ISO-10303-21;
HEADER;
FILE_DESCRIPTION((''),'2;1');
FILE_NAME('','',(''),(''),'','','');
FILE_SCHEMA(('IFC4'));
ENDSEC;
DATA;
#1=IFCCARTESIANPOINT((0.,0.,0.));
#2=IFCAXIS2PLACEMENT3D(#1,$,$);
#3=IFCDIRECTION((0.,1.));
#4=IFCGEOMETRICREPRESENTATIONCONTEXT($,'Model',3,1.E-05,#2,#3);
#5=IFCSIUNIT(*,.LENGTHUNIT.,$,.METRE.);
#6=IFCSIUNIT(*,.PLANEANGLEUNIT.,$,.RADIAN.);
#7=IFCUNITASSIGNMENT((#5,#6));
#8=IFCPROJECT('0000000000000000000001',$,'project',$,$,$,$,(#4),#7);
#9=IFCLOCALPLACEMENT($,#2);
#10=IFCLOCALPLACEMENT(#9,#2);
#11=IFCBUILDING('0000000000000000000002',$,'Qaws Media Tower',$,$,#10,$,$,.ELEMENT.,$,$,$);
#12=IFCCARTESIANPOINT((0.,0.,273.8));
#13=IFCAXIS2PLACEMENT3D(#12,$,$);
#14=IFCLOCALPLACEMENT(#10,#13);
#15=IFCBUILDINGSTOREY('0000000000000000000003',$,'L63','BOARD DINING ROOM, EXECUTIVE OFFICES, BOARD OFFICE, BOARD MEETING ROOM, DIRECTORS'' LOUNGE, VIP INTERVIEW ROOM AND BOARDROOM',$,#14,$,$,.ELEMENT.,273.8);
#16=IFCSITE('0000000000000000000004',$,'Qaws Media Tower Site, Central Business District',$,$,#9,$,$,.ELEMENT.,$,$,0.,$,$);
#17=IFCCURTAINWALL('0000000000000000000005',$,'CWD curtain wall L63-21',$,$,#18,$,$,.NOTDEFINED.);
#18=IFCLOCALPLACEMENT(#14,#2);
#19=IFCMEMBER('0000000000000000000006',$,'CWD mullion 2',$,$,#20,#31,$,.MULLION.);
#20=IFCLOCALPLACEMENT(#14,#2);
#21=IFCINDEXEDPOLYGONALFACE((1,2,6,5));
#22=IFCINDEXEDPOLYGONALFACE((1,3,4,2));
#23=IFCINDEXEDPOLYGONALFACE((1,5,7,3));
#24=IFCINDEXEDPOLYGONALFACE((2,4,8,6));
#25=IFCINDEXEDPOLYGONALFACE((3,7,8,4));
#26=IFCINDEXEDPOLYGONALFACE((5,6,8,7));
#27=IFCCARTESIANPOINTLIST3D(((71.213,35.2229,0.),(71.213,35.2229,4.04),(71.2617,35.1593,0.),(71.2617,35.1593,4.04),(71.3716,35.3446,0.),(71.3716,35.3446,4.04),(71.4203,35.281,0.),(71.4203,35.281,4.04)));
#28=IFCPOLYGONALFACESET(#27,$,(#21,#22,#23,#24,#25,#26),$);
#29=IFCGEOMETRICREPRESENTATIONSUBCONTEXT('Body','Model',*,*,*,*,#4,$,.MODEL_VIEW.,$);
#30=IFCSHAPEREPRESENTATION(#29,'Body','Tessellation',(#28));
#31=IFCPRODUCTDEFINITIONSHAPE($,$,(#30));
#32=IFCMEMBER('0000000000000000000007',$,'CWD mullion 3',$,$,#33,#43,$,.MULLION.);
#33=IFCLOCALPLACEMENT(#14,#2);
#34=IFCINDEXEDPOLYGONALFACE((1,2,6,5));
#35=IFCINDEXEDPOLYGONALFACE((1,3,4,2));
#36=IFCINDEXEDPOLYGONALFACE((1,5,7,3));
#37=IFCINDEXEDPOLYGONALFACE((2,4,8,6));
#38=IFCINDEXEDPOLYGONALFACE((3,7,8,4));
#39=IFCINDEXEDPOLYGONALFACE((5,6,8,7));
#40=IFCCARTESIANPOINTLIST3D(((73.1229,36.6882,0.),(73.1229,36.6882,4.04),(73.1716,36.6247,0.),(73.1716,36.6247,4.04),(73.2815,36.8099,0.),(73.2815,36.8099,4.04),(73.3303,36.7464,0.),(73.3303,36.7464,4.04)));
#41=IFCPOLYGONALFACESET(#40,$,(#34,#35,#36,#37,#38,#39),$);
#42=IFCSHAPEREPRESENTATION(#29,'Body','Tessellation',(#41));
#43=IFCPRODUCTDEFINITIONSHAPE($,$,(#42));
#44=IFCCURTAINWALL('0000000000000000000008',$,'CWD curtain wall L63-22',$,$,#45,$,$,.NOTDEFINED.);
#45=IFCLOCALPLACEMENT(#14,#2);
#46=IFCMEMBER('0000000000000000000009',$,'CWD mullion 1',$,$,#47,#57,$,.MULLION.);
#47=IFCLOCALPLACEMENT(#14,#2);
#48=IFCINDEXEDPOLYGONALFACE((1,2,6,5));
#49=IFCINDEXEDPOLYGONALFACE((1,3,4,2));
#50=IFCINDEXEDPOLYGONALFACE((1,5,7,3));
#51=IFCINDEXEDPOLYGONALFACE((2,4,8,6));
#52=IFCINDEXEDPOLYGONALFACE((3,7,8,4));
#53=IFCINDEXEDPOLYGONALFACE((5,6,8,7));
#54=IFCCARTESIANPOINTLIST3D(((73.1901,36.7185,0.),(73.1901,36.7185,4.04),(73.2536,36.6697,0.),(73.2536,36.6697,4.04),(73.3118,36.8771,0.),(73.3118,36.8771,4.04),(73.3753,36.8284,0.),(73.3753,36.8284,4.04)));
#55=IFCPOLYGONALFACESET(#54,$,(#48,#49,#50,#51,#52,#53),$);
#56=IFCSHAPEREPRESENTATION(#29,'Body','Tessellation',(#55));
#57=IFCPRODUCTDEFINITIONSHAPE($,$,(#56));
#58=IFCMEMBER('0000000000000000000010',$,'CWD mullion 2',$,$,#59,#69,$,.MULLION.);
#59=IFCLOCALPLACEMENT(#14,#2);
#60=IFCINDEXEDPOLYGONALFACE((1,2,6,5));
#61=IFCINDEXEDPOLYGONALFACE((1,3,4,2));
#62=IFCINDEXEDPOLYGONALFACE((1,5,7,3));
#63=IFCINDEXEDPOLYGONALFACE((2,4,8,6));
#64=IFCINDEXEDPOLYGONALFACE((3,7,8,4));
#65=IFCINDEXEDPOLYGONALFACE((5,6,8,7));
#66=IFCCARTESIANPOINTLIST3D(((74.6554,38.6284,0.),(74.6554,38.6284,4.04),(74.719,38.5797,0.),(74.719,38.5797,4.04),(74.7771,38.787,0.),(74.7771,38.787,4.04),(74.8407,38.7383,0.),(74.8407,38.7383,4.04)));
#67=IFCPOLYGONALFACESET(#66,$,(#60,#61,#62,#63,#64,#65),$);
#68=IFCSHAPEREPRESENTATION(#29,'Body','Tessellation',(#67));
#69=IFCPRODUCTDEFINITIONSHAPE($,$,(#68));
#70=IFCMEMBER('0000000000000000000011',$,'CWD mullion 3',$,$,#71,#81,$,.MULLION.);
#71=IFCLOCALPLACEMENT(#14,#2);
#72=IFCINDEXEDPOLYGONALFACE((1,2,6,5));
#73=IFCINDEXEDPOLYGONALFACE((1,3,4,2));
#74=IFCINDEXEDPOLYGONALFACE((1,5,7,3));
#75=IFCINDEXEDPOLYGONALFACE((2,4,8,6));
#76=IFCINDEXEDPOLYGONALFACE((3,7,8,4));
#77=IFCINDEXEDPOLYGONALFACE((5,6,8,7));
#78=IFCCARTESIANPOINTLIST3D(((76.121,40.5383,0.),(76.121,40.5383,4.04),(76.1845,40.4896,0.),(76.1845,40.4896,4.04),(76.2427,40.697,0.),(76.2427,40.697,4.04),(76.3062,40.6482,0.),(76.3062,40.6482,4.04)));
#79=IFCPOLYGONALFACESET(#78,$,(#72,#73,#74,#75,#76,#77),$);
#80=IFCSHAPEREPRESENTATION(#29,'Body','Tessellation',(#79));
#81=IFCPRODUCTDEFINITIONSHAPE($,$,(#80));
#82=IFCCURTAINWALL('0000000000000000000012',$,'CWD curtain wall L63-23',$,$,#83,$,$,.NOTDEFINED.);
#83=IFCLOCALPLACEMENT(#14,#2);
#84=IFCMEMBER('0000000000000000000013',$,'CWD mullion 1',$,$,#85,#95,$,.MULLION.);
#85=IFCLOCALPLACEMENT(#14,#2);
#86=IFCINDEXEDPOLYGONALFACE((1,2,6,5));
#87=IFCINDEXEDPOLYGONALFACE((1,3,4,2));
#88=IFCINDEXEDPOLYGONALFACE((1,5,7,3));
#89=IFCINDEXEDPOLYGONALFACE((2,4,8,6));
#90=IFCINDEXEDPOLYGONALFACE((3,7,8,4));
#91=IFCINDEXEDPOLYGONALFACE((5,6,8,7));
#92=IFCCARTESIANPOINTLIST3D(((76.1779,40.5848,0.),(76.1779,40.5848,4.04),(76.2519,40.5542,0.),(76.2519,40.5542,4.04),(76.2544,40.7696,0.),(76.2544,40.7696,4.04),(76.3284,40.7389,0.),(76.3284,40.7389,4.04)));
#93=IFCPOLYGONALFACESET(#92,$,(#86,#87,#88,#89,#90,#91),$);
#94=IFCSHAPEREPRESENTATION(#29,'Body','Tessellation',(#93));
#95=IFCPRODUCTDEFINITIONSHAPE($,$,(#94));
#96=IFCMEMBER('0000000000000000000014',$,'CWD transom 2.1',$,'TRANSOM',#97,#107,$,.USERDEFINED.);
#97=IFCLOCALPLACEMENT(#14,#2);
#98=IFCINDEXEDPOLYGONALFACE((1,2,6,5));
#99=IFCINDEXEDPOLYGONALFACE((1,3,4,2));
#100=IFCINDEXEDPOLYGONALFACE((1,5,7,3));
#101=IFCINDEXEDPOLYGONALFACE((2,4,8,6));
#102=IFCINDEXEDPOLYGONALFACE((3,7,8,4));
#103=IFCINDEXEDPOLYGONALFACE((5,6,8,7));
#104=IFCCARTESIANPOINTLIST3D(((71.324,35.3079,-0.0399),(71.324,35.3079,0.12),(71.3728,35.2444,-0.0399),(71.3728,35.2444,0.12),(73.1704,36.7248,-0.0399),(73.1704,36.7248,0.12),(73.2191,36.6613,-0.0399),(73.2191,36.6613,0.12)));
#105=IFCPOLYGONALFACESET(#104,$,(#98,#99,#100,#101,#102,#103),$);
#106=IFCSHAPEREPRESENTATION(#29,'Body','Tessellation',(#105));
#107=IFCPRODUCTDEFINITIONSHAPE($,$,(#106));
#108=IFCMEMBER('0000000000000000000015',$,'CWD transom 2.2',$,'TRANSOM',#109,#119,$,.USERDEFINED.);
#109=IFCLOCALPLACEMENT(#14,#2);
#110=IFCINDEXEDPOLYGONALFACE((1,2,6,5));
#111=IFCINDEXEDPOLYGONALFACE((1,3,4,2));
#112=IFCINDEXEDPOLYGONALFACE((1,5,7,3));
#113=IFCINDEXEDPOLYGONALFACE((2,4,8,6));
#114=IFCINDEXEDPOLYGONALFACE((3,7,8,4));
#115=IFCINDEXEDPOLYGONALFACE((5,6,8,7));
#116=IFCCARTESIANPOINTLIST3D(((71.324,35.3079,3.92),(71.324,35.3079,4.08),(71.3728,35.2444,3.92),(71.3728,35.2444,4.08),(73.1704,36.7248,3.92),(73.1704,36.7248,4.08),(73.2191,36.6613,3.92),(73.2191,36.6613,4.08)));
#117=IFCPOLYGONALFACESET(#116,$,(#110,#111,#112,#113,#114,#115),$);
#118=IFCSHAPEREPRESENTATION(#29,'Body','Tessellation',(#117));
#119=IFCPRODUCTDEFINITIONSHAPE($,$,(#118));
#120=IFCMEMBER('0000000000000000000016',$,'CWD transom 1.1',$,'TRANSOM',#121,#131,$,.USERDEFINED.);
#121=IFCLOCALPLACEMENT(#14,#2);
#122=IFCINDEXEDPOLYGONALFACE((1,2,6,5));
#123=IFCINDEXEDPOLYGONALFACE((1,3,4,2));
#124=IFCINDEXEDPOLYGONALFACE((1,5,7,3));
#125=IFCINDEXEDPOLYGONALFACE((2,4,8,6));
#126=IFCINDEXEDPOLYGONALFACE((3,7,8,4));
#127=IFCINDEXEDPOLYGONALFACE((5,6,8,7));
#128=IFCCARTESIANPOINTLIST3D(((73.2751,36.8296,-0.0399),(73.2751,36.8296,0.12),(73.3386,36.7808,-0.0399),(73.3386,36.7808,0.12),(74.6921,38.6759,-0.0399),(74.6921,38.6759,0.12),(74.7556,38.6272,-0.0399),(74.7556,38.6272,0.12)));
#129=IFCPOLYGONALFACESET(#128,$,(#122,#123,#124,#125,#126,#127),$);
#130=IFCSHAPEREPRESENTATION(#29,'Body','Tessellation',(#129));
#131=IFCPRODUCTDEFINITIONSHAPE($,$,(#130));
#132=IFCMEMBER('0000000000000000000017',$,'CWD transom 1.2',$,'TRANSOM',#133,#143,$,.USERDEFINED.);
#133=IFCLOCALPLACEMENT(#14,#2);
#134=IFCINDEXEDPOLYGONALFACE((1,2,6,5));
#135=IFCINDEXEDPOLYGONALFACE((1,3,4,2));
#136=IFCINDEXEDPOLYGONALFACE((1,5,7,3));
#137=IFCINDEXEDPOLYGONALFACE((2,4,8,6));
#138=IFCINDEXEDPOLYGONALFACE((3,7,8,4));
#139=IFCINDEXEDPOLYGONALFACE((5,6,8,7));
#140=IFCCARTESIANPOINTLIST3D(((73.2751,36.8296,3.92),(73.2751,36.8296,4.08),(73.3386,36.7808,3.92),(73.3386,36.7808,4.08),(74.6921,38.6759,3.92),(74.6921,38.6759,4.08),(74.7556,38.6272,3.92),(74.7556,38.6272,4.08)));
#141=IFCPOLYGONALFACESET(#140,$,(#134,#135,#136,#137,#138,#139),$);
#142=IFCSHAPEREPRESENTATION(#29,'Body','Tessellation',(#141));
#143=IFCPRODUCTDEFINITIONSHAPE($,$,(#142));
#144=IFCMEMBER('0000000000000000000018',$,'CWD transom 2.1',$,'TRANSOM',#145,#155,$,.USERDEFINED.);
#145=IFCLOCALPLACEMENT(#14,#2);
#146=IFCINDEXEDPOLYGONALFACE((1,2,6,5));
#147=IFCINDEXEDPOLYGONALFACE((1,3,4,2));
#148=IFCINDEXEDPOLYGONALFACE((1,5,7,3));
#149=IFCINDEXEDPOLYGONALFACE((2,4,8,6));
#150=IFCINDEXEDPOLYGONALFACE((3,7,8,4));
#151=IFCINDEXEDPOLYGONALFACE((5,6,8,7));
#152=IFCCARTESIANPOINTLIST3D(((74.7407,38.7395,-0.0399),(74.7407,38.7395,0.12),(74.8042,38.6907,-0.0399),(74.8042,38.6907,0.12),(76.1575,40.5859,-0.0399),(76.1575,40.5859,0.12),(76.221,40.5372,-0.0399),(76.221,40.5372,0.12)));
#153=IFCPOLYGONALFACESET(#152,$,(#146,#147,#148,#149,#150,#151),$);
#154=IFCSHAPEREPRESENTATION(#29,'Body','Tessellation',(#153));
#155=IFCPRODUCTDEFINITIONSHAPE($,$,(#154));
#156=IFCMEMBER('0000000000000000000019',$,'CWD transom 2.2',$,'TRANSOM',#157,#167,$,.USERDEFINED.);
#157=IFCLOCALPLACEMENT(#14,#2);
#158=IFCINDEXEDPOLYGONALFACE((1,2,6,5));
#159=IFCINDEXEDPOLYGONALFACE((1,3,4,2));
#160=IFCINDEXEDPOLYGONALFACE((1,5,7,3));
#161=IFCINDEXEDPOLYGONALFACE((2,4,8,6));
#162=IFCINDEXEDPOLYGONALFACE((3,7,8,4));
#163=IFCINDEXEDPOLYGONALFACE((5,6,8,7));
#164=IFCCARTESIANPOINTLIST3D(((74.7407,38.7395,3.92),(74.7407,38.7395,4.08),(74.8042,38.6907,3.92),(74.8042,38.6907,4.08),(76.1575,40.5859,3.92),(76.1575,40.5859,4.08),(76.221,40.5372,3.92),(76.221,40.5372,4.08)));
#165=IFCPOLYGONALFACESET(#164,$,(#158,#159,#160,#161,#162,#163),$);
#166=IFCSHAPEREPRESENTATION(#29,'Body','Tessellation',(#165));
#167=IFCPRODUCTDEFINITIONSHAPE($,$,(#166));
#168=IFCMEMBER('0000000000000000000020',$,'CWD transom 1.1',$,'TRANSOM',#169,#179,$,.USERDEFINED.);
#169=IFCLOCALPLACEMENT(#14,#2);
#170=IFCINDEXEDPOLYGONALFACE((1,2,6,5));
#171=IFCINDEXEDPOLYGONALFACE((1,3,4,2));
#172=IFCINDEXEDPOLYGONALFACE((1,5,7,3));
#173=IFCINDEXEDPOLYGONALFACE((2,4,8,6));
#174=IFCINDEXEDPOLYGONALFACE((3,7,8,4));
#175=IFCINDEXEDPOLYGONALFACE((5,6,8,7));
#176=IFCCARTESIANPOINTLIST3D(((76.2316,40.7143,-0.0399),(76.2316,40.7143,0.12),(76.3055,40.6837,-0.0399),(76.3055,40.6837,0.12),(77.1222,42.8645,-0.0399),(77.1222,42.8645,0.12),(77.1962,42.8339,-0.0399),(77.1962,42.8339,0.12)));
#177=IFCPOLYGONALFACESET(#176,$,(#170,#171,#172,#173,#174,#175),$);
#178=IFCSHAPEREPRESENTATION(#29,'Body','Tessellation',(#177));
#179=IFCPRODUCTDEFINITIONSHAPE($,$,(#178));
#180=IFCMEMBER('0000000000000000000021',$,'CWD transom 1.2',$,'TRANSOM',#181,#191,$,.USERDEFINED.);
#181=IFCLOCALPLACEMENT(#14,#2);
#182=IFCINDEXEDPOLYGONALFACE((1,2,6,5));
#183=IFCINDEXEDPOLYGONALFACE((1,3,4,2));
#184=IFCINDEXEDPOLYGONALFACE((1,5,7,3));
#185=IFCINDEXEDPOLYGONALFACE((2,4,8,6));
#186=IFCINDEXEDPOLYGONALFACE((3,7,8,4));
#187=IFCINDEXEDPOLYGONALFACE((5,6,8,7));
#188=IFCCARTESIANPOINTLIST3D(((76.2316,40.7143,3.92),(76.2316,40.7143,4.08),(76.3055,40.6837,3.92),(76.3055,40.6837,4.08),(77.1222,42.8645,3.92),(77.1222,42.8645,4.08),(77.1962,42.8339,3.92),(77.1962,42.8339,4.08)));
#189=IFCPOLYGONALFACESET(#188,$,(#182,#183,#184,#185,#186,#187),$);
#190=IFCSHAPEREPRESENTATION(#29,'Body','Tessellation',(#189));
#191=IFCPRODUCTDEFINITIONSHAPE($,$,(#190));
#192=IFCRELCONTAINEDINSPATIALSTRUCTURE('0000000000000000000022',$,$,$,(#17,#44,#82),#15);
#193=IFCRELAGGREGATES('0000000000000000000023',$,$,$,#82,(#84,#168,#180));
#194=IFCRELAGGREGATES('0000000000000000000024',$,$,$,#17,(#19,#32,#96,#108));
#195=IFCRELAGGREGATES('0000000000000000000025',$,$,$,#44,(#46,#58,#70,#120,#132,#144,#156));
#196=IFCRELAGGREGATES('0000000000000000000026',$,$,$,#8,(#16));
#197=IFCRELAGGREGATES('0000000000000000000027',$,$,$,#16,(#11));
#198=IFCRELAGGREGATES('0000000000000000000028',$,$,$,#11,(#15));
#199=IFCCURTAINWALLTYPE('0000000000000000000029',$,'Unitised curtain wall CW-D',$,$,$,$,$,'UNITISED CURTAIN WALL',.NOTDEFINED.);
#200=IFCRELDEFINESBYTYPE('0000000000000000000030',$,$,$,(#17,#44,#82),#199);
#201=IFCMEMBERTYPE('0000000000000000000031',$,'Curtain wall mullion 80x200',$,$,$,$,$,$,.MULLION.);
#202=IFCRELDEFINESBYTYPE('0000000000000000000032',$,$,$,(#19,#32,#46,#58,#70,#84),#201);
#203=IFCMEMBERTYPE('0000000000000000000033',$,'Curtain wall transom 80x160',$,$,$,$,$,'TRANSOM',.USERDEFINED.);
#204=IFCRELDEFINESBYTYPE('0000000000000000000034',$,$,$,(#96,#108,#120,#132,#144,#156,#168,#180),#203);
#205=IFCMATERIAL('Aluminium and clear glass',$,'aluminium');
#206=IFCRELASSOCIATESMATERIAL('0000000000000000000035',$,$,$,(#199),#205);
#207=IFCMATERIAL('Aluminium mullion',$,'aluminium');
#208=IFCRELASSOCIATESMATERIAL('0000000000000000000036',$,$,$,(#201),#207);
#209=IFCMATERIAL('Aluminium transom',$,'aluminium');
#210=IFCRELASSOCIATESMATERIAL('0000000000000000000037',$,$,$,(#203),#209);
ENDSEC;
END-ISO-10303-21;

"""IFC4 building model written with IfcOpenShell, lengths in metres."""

from ifc_helpers import new_model, si_unit, direction, frame, origin, origin_2d, place, context, subcontext, project, spatial, rectangle, extrude, material, material_profile, profile_set, type_object, element, aggregate, save


model = new_model("IFC4")

# Units and contexts
model_context = context("Model", 3, precision=1e-05, world=origin(), true_north=direction((0.0, 1.0)))
body_context = subcontext(model_context, "Body", "Model", "MODEL_VIEW")
ifc_project = project(units=[si_unit("LENGTHUNIT", "METRE"), si_unit("PLANEANGLEUNIT", "RADIAN")], contexts=[model_context])

# Site, building, storey
site_placement = place(None, origin())
site = spatial("IfcSite", under=ifc_project, at=site_placement, Name="Qaws Media Tower Site, Central Business District", CompositionType="ELEMENT", RefElevation=0.0)
building_placement = place(site_placement, origin())
building = spatial("IfcBuilding", under=site, at=building_placement, Name="Qaws Media Tower", CompositionType="ELEMENT")
storey_placement = place(building_placement, frame((0.0, 0.0, 273.8)))
storey = spatial("IfcBuildingStorey", under=building, at=storey_placement, Name="L63", Description="BOARD DINING ROOM, EXECUTIVE OFFICES, BOARD OFFICE, BOARD MEETING ROOM, DIRECTORS' LOUNGE, VIP INTERVIEW ROOM AND BOARDROOM", CompositionType="ELEMENT", Elevation=273.8)

# Curtain walls, members
ifc_material_1 = material(Name="Aluminium and clear glass", Category="aluminium")
curtain_wall_type = type_object("IfcCurtainWallType", Name="Unitised curtain wall CW-D", ElementType="UNITISED CURTAIN WALL", PredefinedType="NOTDEFINED", material=ifc_material_1)
curtain_wall_1_placement = place(storey_placement, origin())
curtain_wall_1 = element("IfcCurtainWall", 1, at=curtain_wall_1_placement, inside=storey, type_object=curtain_wall_type, Name="CWD curtain wall L63-21", PredefinedType="NOTDEFINED")
ifc_material_2 = material(Name="Aluminium mullion", Category="aluminium")
ifc_material_profile_1 = material_profile(ifc_material_2, rectangle(XDim=0.0801, YDim=0.2, at=origin_2d()), Name="80x200")
ifc_profile_set_1 = profile_set([ifc_material_profile_1], Name="Aluminium mullion")
member_type_1 = type_object("IfcMemberType", Name="Curtain wall mullion 80x200", PredefinedType="MULLION", material=ifc_profile_set_1)
member_1_placement = place(storey_placement, frame((71.3167, 35.252, 0.0), z_axis=(0.0, 0.0, 1.0), x_axis=(-0.608761, 0.793353, 0.0)))
member_1 = element("IfcMember", 2, at=member_1_placement, type_object=member_type_1, Name="CWD mullion 2", PredefinedType="MULLION", context=body_context, shape_type="SweptSolid", body=[
    extrude(rectangle(XDim=0.0801, YDim=0.2, at=origin_2d()), origin(), (0.0, 0.0, 1.0), 4.04),
])
member_2_placement = place(storey_placement, frame((73.2266, 36.7173, 0.0), z_axis=(0.0, 0.0, 1.0), x_axis=(-0.608761, 0.793353, 0.0)))
member_2 = element("IfcMember", 3, at=member_2_placement, type_object=member_type_1, Name="CWD mullion 3", PredefinedType="MULLION", context=body_context, shape_type="SweptSolid", body=[
    extrude(rectangle(XDim=0.0801, YDim=0.2, at=origin_2d()), origin(), (0.0, 0.0, 1.0), 4.04),
])
curtain_wall_2_placement = place(storey_placement, origin())
curtain_wall_2 = element("IfcCurtainWall", 4, at=curtain_wall_2_placement, inside=storey, type_object=curtain_wall_type, Name="CWD curtain wall L63-22", PredefinedType="NOTDEFINED")
member_3_placement = place(storey_placement, frame((73.2827, 36.7734, 0.0), z_axis=(0.0, 0.0, 1.0), x_axis=(-0.793353, 0.608761, 0.0)))
member_3 = element("IfcMember", 5, at=member_3_placement, type_object=member_type_1, Name="CWD mullion 1", PredefinedType="MULLION", context=body_context, shape_type="SweptSolid", body=[
    extrude(rectangle(XDim=0.0801, YDim=0.2, at=origin_2d()), origin(), (0.0, 0.0, 1.0), 4.04),
])
member_4_placement = place(storey_placement, frame((74.748, 38.6833, 0.0), z_axis=(0.0, 0.0, 1.0), x_axis=(-0.793353, 0.608761, 0.0)))
member_4 = element("IfcMember", 6, at=member_4_placement, type_object=member_type_1, Name="CWD mullion 2", PredefinedType="MULLION", context=body_context, shape_type="SweptSolid", body=[
    extrude(rectangle(XDim=0.0801, YDim=0.2, at=origin_2d()), origin(), (0.0, 0.0, 1.0), 4.04),
])
member_5_placement = place(storey_placement, frame((76.2136, 40.5933, 0.0), z_axis=(0.0, 0.0, 1.0), x_axis=(-0.793353, 0.608761, 0.0)))
member_5 = element("IfcMember", 7, at=member_5_placement, type_object=member_type_1, Name="CWD mullion 3", PredefinedType="MULLION", context=body_context, shape_type="SweptSolid", body=[
    extrude(rectangle(XDim=0.0801, YDim=0.2, at=origin_2d()), origin(), (0.0, 0.0, 1.0), 4.04),
])

# Curtain wall, member
curtain_wall_3_placement = place(storey_placement, origin())
curtain_wall_3 = element("IfcCurtainWall", 8, at=curtain_wall_3_placement, inside=storey, type_object=curtain_wall_type, Name="CWD curtain wall L63-23", PredefinedType="NOTDEFINED")
member_6_placement = place(storey_placement, frame((76.2532, 40.6619, 0.0), z_axis=(0.0, 0.0, 1.0), x_axis=(-0.92388, 0.382683, 0.0)))
member_6 = element("IfcMember", 9, at=member_6_placement, type_object=member_type_1, Name="CWD mullion 1", PredefinedType="MULLION", context=body_context, shape_type="SweptSolid", body=[
    extrude(rectangle(XDim=0.0801, YDim=0.2, at=origin_2d()), origin(), (0.0, 0.0, 1.0), 4.04),
])

# Members
ifc_material_3 = material(Name="Aluminium transom", Category="aluminium")
ifc_material_profile_2 = material_profile(ifc_material_3, rectangle(XDim=0.0801, YDim=0.1599, at=origin_2d()), Name="80x160")
ifc_profile_set_2 = profile_set([ifc_material_profile_2], Name="Aluminium transom")
member_type_2 = type_object("IfcMemberType", Name="Curtain wall transom 80x160", ElementType="TRANSOM", PredefinedType="USERDEFINED", material=ifc_profile_set_2)
member_7_placement = place(storey_placement, frame((71.3484, 35.2761, 0.04), z_axis=(0.793318, 0.608808, 0.0), x_axis=(-0.608808, 0.793318, 0.0)))
member_7 = element("IfcMember", 10, at=member_7_placement, type_object=member_type_2, Name="CWD transom 2.1", ObjectType="TRANSOM", PredefinedType="USERDEFINED", context=body_context, shape_type="SweptSolid", body=[
    extrude(rectangle(XDim=0.0801, YDim=0.1599, at=origin_2d()), origin(), (0.0, 0.0, 1.0), 2.3274),
])
member_8_placement = place(storey_placement, frame((71.3484, 35.2761, 4.0), z_axis=(0.793318, 0.608808, 0.0), x_axis=(-0.608808, 0.793318, 0.0)))
member_8 = element("IfcMember", 11, at=member_8_placement, type_object=member_type_2, Name="CWD transom 2.2", ObjectType="TRANSOM", PredefinedType="USERDEFINED", context=body_context, shape_type="SweptSolid", body=[
    extrude(rectangle(XDim=0.0801, YDim=0.1599, at=origin_2d()), origin(), (0.0, 0.0, 1.0), 2.3274),
])
member_9_placement = place(storey_placement, frame((73.3069, 36.8052, 0.04), z_axis=(0.608808, 0.793318, 0.0), x_axis=(-0.793318, 0.608808, 0.0)))
member_9 = element("IfcMember", 12, at=member_9_placement, type_object=member_type_2, Name="CWD transom 1.1", ObjectType="TRANSOM", PredefinedType="USERDEFINED", context=body_context, shape_type="SweptSolid", body=[
    extrude(rectangle(XDim=0.0801, YDim=0.1599, at=origin_2d()), origin(), (0.0, 0.0, 1.0), 2.3274),
])
member_10_placement = place(storey_placement, frame((73.3069, 36.8052, 4.0), z_axis=(0.608808, 0.793318, 0.0), x_axis=(-0.793318, 0.608808, 0.0)))
member_10 = element("IfcMember", 13, at=member_10_placement, type_object=member_type_2, Name="CWD transom 1.2", ObjectType="TRANSOM", PredefinedType="USERDEFINED", context=body_context, shape_type="SweptSolid", body=[
    extrude(rectangle(XDim=0.0801, YDim=0.1599, at=origin_2d()), origin(), (0.0, 0.0, 1.0), 2.3274),
])
member_11_placement = place(storey_placement, frame((74.7725, 38.7151, 0.04), z_axis=(0.608742, 0.793368, 0.0), x_axis=(-0.793368, 0.608742, 0.0)))
member_11 = element("IfcMember", 14, at=member_11_placement, type_object=member_type_2, Name="CWD transom 2.1", ObjectType="TRANSOM", PredefinedType="USERDEFINED", context=body_context, shape_type="SweptSolid", body=[
    extrude(rectangle(XDim=0.0801, YDim=0.1599, at=origin_2d()), origin(), (0.0, 0.0, 1.0), 2.3274),
])
member_12_placement = place(storey_placement, frame((74.7725, 38.7151, 4.0), z_axis=(0.608742, 0.793368, 0.0), x_axis=(-0.793368, 0.608742, 0.0)))
member_12 = element("IfcMember", 15, at=member_12_placement, type_object=member_type_2, Name="CWD transom 2.2", ObjectType="TRANSOM", PredefinedType="USERDEFINED", context=body_context, shape_type="SweptSolid", body=[
    extrude(rectangle(XDim=0.0801, YDim=0.1599, at=origin_2d()), origin(), (0.0, 0.0, 1.0), 2.3274),
])
member_13_placement = place(storey_placement, frame((76.2686, 40.699, 0.04), z_axis=(0.382685, 0.923879, 0.0), x_axis=(-0.923879, 0.382685, 0.0)))
member_13 = element("IfcMember", 16, at=member_13_placement, type_object=member_type_2, Name="CWD transom 1.1", ObjectType="TRANSOM", PredefinedType="USERDEFINED", context=body_context, shape_type="SweptSolid", body=[
    extrude(rectangle(XDim=0.0801, YDim=0.1599, at=origin_2d()), origin(), (0.0, 0.0, 1.0), 2.3274),
])
member_14_placement = place(storey_placement, frame((76.2686, 40.699, 4.0), z_axis=(0.382685, 0.923879, 0.0), x_axis=(-0.923879, 0.382685, 0.0)))
member_14 = element("IfcMember", 17, at=member_14_placement, type_object=member_type_2, Name="CWD transom 1.2", ObjectType="TRANSOM", PredefinedType="USERDEFINED", context=body_context, shape_type="SweptSolid", body=[
    extrude(rectangle(XDim=0.0801, YDim=0.1599, at=origin_2d()), origin(), (0.0, 0.0, 1.0), 2.3274),
])
aggregate(curtain_wall_3, [member_6, member_13, member_14])

aggregate(curtain_wall_1, [member_1, member_2, member_7, member_8])
aggregate(curtain_wall_2, [member_3, member_4, member_5, member_9, member_10, member_11, member_12])

save(model, "model.ifc")
